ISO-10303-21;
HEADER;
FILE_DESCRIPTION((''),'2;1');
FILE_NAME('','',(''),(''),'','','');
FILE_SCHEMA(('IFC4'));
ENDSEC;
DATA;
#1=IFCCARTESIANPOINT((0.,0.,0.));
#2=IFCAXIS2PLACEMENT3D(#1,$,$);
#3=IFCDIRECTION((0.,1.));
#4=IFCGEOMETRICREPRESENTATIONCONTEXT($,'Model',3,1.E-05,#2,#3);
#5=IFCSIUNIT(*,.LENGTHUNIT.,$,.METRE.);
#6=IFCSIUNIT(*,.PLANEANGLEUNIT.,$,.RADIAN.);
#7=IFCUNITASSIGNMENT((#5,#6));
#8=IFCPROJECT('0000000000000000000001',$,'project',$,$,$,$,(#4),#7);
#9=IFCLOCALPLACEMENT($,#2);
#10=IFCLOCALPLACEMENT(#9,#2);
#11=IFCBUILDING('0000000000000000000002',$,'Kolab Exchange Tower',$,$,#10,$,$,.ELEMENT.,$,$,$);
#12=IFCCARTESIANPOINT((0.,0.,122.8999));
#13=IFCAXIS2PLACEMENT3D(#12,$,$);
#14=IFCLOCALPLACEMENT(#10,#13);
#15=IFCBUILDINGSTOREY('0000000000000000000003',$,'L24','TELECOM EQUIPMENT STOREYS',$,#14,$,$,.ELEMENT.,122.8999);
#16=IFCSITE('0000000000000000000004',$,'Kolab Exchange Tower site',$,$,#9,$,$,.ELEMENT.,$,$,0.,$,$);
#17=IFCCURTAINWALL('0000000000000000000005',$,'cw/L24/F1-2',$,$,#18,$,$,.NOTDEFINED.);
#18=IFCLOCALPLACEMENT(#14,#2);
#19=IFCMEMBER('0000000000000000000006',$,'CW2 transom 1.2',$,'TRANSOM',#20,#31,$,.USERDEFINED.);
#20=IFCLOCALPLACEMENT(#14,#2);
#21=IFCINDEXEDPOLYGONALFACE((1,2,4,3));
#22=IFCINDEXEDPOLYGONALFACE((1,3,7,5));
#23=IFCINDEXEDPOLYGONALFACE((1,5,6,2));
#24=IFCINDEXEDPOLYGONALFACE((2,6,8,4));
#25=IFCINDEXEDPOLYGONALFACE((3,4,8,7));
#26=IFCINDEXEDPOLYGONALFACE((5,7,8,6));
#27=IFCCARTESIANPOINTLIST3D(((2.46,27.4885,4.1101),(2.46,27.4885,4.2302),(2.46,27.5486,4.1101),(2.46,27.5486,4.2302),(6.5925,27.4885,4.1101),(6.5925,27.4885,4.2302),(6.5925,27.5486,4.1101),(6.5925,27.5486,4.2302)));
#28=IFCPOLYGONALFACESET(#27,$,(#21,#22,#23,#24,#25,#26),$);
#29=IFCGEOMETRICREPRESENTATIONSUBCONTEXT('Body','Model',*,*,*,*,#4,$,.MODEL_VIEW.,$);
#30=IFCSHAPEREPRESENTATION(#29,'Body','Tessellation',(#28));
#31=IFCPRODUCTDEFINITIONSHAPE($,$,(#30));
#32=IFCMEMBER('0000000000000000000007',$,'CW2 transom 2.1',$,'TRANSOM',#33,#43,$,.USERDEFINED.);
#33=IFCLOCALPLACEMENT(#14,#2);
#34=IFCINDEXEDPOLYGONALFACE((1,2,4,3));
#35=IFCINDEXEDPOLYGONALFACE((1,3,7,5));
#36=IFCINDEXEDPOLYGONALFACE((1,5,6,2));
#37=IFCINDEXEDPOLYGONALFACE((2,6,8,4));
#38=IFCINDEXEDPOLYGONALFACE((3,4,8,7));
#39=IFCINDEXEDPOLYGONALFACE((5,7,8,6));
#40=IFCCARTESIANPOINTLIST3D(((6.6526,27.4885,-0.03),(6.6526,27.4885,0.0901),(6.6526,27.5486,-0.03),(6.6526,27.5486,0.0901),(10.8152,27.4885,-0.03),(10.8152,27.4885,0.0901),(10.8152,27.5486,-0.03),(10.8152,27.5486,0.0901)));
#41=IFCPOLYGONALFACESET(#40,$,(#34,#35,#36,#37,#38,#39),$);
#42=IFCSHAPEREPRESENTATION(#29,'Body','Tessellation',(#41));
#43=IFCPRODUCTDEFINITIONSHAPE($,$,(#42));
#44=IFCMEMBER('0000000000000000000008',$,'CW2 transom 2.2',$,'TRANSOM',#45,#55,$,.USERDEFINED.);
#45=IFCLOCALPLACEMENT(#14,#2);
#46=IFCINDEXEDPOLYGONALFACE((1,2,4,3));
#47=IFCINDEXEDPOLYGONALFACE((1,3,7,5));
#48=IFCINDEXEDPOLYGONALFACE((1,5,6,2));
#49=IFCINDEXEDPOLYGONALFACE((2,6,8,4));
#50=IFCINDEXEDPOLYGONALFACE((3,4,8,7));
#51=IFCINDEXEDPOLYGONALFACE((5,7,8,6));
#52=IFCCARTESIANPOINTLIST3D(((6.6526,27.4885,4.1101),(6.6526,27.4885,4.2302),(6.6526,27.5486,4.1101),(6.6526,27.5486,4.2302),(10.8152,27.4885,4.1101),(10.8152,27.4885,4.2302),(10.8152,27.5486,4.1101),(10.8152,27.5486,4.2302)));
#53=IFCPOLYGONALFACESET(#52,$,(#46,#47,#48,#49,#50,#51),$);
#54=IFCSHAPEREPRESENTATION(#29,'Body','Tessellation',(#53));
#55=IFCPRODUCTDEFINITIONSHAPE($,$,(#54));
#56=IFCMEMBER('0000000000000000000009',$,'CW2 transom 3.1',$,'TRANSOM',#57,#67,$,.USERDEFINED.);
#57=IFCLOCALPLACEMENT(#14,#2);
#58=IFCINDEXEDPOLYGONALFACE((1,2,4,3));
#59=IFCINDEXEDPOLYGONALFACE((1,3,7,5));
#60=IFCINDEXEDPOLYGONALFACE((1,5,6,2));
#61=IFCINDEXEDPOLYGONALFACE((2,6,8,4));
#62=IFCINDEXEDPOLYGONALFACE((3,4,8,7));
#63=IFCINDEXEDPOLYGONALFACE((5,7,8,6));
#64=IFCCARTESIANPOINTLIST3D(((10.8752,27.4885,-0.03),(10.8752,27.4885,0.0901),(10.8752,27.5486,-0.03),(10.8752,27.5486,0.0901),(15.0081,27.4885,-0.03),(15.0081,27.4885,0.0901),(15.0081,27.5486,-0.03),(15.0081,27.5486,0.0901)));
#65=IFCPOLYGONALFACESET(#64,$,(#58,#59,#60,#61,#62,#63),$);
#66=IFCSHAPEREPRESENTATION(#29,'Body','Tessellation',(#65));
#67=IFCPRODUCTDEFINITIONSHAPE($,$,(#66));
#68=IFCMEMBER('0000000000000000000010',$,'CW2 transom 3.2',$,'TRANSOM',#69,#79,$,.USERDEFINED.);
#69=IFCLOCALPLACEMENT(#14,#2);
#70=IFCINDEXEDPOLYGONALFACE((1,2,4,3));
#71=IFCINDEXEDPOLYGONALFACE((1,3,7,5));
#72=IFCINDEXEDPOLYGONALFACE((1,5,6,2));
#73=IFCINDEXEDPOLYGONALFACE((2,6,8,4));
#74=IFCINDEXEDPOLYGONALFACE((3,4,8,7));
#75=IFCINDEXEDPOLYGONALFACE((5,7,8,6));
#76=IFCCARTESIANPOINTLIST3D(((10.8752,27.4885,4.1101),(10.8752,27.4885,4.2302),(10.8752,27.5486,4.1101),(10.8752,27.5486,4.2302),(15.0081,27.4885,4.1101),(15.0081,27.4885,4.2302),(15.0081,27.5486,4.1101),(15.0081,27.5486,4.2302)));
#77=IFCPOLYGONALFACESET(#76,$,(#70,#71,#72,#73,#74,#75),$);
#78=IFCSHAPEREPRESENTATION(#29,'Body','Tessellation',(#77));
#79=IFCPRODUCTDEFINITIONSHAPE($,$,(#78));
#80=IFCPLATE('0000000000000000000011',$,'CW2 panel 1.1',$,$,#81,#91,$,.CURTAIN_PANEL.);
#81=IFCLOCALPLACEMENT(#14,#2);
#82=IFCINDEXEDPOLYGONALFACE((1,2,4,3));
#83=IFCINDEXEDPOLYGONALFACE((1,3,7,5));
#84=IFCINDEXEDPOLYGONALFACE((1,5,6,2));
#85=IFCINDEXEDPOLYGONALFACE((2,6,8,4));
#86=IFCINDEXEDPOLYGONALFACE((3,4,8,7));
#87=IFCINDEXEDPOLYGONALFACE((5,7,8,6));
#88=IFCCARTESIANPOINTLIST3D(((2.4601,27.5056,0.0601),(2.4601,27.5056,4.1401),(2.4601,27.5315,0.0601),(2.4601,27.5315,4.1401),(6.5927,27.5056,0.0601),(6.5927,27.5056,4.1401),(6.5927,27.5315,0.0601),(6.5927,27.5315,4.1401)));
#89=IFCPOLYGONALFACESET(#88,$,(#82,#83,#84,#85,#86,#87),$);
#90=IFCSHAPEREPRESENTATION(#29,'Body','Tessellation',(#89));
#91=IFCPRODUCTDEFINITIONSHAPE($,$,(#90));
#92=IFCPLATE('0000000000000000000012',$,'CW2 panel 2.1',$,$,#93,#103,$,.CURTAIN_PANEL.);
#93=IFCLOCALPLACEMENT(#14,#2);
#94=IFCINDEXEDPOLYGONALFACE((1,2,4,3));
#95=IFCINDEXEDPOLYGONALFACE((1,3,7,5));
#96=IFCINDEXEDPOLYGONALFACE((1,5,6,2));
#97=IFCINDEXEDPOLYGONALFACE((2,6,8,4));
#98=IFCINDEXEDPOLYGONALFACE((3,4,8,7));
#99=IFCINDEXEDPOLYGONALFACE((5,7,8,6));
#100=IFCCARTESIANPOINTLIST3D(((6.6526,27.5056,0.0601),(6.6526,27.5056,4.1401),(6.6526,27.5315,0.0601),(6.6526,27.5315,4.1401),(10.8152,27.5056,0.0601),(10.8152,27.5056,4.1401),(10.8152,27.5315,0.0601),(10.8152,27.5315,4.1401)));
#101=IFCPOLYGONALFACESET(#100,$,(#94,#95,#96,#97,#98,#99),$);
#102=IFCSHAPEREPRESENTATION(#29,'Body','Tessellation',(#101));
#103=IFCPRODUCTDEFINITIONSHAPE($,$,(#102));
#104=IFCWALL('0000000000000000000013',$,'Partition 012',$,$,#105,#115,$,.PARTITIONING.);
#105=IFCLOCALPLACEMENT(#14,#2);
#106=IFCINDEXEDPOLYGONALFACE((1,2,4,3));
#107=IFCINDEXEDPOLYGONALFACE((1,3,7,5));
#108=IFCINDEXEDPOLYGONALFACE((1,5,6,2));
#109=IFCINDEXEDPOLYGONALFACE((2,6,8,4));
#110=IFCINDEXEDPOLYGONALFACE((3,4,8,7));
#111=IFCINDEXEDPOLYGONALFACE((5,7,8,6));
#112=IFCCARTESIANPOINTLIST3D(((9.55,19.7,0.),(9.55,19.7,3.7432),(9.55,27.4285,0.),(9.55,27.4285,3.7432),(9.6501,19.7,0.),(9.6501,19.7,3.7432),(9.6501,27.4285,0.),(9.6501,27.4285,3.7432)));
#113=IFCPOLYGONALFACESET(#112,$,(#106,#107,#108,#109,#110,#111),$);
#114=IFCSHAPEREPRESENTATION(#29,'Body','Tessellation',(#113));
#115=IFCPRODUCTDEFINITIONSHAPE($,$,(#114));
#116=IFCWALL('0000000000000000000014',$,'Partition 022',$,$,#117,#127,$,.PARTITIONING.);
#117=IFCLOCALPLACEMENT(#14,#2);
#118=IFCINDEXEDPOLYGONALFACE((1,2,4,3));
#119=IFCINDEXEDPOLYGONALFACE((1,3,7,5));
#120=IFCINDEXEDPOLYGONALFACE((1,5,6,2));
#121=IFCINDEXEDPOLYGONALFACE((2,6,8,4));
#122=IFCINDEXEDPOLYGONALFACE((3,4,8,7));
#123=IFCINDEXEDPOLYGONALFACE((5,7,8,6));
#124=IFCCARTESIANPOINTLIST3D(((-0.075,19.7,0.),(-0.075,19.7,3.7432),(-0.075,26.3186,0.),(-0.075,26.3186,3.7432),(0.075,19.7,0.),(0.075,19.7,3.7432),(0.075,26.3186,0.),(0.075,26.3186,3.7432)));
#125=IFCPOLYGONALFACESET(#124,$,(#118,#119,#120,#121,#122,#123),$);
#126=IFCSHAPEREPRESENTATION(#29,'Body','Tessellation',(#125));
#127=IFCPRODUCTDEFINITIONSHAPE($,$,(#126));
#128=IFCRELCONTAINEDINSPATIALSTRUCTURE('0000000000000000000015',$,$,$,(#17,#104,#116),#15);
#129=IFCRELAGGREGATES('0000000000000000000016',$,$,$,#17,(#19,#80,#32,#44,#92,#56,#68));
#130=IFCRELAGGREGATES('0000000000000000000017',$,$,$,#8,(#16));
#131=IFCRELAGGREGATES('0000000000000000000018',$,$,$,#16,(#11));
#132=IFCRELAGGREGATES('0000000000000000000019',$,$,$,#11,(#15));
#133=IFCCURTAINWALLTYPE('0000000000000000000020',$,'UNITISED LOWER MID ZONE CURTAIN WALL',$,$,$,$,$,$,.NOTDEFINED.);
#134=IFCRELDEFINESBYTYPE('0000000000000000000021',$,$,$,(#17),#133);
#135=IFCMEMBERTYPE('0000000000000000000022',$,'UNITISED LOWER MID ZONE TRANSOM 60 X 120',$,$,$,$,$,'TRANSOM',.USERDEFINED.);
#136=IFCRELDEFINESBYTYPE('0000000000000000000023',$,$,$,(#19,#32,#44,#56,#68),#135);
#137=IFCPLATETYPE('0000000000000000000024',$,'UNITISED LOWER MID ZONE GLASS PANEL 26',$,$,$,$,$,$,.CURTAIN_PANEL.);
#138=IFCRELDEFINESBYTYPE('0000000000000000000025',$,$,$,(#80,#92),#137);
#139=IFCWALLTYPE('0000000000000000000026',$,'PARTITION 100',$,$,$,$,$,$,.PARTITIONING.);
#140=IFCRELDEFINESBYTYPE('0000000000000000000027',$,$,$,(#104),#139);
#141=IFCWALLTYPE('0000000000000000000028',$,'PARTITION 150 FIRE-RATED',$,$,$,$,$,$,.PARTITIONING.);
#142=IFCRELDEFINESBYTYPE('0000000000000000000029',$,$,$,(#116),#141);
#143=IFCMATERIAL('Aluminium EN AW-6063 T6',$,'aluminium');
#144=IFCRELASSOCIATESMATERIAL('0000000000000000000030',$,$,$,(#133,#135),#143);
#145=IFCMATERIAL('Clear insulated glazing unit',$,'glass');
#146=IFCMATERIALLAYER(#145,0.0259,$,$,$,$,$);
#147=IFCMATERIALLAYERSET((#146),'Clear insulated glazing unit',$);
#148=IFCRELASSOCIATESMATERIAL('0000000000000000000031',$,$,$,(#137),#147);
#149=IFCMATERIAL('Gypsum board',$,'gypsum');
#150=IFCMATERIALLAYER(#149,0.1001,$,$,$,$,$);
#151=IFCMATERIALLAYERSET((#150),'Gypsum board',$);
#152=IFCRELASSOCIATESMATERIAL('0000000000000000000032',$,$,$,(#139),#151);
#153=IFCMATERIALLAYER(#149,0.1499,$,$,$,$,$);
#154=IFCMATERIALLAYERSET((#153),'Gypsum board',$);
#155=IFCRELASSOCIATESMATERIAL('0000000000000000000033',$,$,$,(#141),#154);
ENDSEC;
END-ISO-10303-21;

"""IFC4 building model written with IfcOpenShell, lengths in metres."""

from ifc_helpers import new_model, si_unit, direction, frame, frame_2d, origin, origin_2d, place, context, subcontext, project, spatial, rectangle, extrude, material, layer, layer_set, material_profile, profile_set, type_object, element, aggregate, save


model = new_model("IFC4")

# Units and contexts
model_context = context("Model", 3, precision=1e-05, world=origin(), true_north=direction((0.0, 1.0)))
body_context = subcontext(model_context, "Body", "Model", "MODEL_VIEW")
ifc_project = project(units=[si_unit("LENGTHUNIT", "METRE"), si_unit("PLANEANGLEUNIT", "RADIAN")], contexts=[model_context])

# Site, building, storey
site_placement = place(None, origin())
site = spatial("IfcSite", under=ifc_project, at=site_placement, Name="Kolab Exchange Tower site", CompositionType="ELEMENT", RefElevation=0.0)
building_placement = place(site_placement, origin())
building = spatial("IfcBuilding", under=site, at=building_placement, Name="Kolab Exchange Tower", CompositionType="ELEMENT")
storey_placement = place(building_placement, frame((0.0, 0.0, 122.8999)))
storey = spatial("IfcBuildingStorey", under=building, at=storey_placement, Name="L24", Description="TELECOM EQUIPMENT STOREYS", CompositionType="ELEMENT", Elevation=122.8999)

# Curtain wall, members, plates
ifc_material_1 = material(Name="Aluminium EN AW-6063 T6", Category="aluminium")
curtain_wall_type = type_object("IfcCurtainWallType", Name="UNITISED LOWER MID ZONE CURTAIN WALL", PredefinedType="NOTDEFINED", material=ifc_material_1)
curtain_wall_placement = place(storey_placement, origin())
curtain_wall = element("IfcCurtainWall", 1, at=curtain_wall_placement, inside=storey, type_object=curtain_wall_type, Name="cw/L24/F1-2", PredefinedType="NOTDEFINED")
ifc_material_profile_1 = material_profile(ifc_material_1, rectangle(XDim=0.0601, YDim=0.1201, at=origin_2d()), Name="RECT 60X120")
ifc_profile_set_1 = profile_set([ifc_material_profile_1], Name="Aluminium EN AW-6063 T6")
member_type_1 = type_object("IfcMemberType", Name="UNITISED LOWER MID ZONE TRANSOM 60 X 120", ElementType="TRANSOM", PredefinedType="USERDEFINED", material=ifc_profile_set_1)
member_1_placement = place(storey_placement, frame((2.46, 27.5186, 4.1702), z_axis=(1.0, 0.0, 0.0), x_axis=(0.0, 1.0, 0.0)))
member_1 = element("IfcMember", 2, at=member_1_placement, type_object=member_type_1, Name="CW2 transom 1.2", ObjectType="TRANSOM", PredefinedType="USERDEFINED", context=body_context, shape_type="SweptSolid", body=[
    extrude(rectangle(XDim=0.0601, YDim=0.1201, at=origin_2d()), origin(), (0.0, 0.0, 1.0), 4.1326),
])
member_2_placement = place(storey_placement, frame((6.6526, 27.5186, 0.03), z_axis=(1.0, 0.0, 0.0), x_axis=(0.0, 1.0, 0.0)))
member_2 = element("IfcMember", 3, at=member_2_placement, type_object=member_type_1, Name="CW2 transom 2.1", ObjectType="TRANSOM", PredefinedType="USERDEFINED", context=body_context, shape_type="SweptSolid", body=[
    extrude(rectangle(XDim=0.0601, YDim=0.1201, at=origin_2d()), origin(), (0.0, 0.0, 1.0), 4.1626),
])
member_3_placement = place(storey_placement, frame((6.6526, 27.5186, 4.1702), z_axis=(1.0, 0.0, 0.0), x_axis=(0.0, 1.0, 0.0)))
member_3 = element("IfcMember", 4, at=member_3_placement, type_object=member_type_1, Name="CW2 transom 2.2", ObjectType="TRANSOM", PredefinedType="USERDEFINED", context=body_context, shape_type="SweptSolid", body=[
    extrude(rectangle(XDim=0.0601, YDim=0.1201, at=origin_2d()), origin(), (0.0, 0.0, 1.0), 4.1626),
])
member_4_placement = place(storey_placement, frame((10.8752, 27.5186, 0.03), z_axis=(1.0, 0.0, 0.0), x_axis=(0.0, 1.0, 0.0)))
member_4 = element("IfcMember", 5, at=member_4_placement, type_object=member_type_1, Name="CW2 transom 3.1", ObjectType="TRANSOM", PredefinedType="USERDEFINED", context=body_context, shape_type="SweptSolid", body=[
    extrude(rectangle(XDim=0.0601, YDim=0.1201, at=origin_2d()), origin(), (0.0, 0.0, 1.0), 4.1328),
])
member_5_placement = place(storey_placement, frame((10.8752, 27.5186, 4.1702), z_axis=(1.0, 0.0, 0.0), x_axis=(0.0, 1.0, 0.0)))
member_5 = element("IfcMember", 6, at=member_5_placement, type_object=member_type_1, Name="CW2 transom 3.2", ObjectType="TRANSOM", PredefinedType="USERDEFINED", context=body_context, shape_type="SweptSolid", body=[
    extrude(rectangle(XDim=0.0601, YDim=0.1201, at=origin_2d()), origin(), (0.0, 0.0, 1.0), 4.1328),
])
ifc_material_2 = material(Name="Clear insulated glazing unit", Category="glass")
ifc_layer_1 = layer(ifc_material_2, 0.0259)
ifc_layer_set_1 = layer_set([ifc_layer_1], Name="Clear insulated glazing unit")
plate_type = type_object("IfcPlateType", Name="UNITISED LOWER MID ZONE GLASS PANEL 26", PredefinedType="CURTAIN_PANEL", material=ifc_layer_set_1)
plate_1_placement = place(storey_placement, frame((4.5264, 27.5186, 0.0601), z_axis=(0.0, 0.0, 1.0), x_axis=(1.0, 0.0, 0.0)))
plate_1 = element("IfcPlate", 7, at=plate_1_placement, type_object=plate_type, Name="CW2 panel 1.1", PredefinedType="CURTAIN_PANEL", context=body_context, shape_type="SweptSolid", body=[
    extrude(rectangle(XDim=4.1326, YDim=0.0259, at=origin_2d()), origin(), (0.0, 0.0, 1.0), 4.0801),
])
plate_2_placement = place(storey_placement, frame((8.7339, 27.5186, 0.0601), z_axis=(0.0, 0.0, 1.0), x_axis=(1.0, 0.0, 0.0)))
plate_2 = element("IfcPlate", 8, at=plate_2_placement, type_object=plate_type, Name="CW2 panel 2.1", PredefinedType="CURTAIN_PANEL", context=body_context, shape_type="SweptSolid", body=[
    extrude(rectangle(XDim=4.1626, YDim=0.0259, at=origin_2d()), origin(), (0.0, 0.0, 1.0), 4.0801),
])
aggregate(curtain_wall, [member_1, plate_1, member_2, member_3, plate_2, member_4, member_5])

# Walls
ifc_material_3 = material(Name="Gypsum board", Category="gypsum")
ifc_layer_2 = layer(ifc_material_3, 0.1001)
ifc_layer_set_2 = layer_set([ifc_layer_2], Name="Gypsum board")
wall_type_1 = type_object("IfcWallType", Name="PARTITION 100", PredefinedType="PARTITIONING", material=ifc_layer_set_2)
wall_1_placement = place(storey_placement, frame((9.6001, 19.7, 0.0), z_axis=(0.0, 0.0, 1.0), x_axis=(0.0, 1.0, 0.0)))
element("IfcWall", 9, at=wall_1_placement, inside=storey, type_object=wall_type_1, Name="Partition 012", PredefinedType="PARTITIONING", context=body_context, shape_type="SweptSolid", body=[
    extrude(rectangle(XDim=7.7285, YDim=0.1001, at=frame_2d((3.8643, 0.0))), origin(), (0.0, 0.0, 1.0), 3.7432),
])
ifc_layer_3 = layer(ifc_material_3, 0.1499)
ifc_layer_set_3 = layer_set([ifc_layer_3], Name="Gypsum board")
wall_type_2 = type_object("IfcWallType", Name="PARTITION 150 FIRE-RATED", PredefinedType="PARTITIONING", material=ifc_layer_set_3)
wall_2_placement = place(storey_placement, frame((0.0, 19.7, 0.0), z_axis=(0.0, 0.0, 1.0), x_axis=(0.0, 1.0, 0.0)))
element("IfcWall", 10, at=wall_2_placement, inside=storey, type_object=wall_type_2, Name="Partition 022", PredefinedType="PARTITIONING", context=body_context, shape_type="SweptSolid", body=[
    extrude(rectangle(XDim=6.6187, YDim=0.1499, at=frame_2d((3.3093, 0.0))), origin(), (0.0, 0.0, 1.0), 3.7432),
])

save(model, "model.ifc")
